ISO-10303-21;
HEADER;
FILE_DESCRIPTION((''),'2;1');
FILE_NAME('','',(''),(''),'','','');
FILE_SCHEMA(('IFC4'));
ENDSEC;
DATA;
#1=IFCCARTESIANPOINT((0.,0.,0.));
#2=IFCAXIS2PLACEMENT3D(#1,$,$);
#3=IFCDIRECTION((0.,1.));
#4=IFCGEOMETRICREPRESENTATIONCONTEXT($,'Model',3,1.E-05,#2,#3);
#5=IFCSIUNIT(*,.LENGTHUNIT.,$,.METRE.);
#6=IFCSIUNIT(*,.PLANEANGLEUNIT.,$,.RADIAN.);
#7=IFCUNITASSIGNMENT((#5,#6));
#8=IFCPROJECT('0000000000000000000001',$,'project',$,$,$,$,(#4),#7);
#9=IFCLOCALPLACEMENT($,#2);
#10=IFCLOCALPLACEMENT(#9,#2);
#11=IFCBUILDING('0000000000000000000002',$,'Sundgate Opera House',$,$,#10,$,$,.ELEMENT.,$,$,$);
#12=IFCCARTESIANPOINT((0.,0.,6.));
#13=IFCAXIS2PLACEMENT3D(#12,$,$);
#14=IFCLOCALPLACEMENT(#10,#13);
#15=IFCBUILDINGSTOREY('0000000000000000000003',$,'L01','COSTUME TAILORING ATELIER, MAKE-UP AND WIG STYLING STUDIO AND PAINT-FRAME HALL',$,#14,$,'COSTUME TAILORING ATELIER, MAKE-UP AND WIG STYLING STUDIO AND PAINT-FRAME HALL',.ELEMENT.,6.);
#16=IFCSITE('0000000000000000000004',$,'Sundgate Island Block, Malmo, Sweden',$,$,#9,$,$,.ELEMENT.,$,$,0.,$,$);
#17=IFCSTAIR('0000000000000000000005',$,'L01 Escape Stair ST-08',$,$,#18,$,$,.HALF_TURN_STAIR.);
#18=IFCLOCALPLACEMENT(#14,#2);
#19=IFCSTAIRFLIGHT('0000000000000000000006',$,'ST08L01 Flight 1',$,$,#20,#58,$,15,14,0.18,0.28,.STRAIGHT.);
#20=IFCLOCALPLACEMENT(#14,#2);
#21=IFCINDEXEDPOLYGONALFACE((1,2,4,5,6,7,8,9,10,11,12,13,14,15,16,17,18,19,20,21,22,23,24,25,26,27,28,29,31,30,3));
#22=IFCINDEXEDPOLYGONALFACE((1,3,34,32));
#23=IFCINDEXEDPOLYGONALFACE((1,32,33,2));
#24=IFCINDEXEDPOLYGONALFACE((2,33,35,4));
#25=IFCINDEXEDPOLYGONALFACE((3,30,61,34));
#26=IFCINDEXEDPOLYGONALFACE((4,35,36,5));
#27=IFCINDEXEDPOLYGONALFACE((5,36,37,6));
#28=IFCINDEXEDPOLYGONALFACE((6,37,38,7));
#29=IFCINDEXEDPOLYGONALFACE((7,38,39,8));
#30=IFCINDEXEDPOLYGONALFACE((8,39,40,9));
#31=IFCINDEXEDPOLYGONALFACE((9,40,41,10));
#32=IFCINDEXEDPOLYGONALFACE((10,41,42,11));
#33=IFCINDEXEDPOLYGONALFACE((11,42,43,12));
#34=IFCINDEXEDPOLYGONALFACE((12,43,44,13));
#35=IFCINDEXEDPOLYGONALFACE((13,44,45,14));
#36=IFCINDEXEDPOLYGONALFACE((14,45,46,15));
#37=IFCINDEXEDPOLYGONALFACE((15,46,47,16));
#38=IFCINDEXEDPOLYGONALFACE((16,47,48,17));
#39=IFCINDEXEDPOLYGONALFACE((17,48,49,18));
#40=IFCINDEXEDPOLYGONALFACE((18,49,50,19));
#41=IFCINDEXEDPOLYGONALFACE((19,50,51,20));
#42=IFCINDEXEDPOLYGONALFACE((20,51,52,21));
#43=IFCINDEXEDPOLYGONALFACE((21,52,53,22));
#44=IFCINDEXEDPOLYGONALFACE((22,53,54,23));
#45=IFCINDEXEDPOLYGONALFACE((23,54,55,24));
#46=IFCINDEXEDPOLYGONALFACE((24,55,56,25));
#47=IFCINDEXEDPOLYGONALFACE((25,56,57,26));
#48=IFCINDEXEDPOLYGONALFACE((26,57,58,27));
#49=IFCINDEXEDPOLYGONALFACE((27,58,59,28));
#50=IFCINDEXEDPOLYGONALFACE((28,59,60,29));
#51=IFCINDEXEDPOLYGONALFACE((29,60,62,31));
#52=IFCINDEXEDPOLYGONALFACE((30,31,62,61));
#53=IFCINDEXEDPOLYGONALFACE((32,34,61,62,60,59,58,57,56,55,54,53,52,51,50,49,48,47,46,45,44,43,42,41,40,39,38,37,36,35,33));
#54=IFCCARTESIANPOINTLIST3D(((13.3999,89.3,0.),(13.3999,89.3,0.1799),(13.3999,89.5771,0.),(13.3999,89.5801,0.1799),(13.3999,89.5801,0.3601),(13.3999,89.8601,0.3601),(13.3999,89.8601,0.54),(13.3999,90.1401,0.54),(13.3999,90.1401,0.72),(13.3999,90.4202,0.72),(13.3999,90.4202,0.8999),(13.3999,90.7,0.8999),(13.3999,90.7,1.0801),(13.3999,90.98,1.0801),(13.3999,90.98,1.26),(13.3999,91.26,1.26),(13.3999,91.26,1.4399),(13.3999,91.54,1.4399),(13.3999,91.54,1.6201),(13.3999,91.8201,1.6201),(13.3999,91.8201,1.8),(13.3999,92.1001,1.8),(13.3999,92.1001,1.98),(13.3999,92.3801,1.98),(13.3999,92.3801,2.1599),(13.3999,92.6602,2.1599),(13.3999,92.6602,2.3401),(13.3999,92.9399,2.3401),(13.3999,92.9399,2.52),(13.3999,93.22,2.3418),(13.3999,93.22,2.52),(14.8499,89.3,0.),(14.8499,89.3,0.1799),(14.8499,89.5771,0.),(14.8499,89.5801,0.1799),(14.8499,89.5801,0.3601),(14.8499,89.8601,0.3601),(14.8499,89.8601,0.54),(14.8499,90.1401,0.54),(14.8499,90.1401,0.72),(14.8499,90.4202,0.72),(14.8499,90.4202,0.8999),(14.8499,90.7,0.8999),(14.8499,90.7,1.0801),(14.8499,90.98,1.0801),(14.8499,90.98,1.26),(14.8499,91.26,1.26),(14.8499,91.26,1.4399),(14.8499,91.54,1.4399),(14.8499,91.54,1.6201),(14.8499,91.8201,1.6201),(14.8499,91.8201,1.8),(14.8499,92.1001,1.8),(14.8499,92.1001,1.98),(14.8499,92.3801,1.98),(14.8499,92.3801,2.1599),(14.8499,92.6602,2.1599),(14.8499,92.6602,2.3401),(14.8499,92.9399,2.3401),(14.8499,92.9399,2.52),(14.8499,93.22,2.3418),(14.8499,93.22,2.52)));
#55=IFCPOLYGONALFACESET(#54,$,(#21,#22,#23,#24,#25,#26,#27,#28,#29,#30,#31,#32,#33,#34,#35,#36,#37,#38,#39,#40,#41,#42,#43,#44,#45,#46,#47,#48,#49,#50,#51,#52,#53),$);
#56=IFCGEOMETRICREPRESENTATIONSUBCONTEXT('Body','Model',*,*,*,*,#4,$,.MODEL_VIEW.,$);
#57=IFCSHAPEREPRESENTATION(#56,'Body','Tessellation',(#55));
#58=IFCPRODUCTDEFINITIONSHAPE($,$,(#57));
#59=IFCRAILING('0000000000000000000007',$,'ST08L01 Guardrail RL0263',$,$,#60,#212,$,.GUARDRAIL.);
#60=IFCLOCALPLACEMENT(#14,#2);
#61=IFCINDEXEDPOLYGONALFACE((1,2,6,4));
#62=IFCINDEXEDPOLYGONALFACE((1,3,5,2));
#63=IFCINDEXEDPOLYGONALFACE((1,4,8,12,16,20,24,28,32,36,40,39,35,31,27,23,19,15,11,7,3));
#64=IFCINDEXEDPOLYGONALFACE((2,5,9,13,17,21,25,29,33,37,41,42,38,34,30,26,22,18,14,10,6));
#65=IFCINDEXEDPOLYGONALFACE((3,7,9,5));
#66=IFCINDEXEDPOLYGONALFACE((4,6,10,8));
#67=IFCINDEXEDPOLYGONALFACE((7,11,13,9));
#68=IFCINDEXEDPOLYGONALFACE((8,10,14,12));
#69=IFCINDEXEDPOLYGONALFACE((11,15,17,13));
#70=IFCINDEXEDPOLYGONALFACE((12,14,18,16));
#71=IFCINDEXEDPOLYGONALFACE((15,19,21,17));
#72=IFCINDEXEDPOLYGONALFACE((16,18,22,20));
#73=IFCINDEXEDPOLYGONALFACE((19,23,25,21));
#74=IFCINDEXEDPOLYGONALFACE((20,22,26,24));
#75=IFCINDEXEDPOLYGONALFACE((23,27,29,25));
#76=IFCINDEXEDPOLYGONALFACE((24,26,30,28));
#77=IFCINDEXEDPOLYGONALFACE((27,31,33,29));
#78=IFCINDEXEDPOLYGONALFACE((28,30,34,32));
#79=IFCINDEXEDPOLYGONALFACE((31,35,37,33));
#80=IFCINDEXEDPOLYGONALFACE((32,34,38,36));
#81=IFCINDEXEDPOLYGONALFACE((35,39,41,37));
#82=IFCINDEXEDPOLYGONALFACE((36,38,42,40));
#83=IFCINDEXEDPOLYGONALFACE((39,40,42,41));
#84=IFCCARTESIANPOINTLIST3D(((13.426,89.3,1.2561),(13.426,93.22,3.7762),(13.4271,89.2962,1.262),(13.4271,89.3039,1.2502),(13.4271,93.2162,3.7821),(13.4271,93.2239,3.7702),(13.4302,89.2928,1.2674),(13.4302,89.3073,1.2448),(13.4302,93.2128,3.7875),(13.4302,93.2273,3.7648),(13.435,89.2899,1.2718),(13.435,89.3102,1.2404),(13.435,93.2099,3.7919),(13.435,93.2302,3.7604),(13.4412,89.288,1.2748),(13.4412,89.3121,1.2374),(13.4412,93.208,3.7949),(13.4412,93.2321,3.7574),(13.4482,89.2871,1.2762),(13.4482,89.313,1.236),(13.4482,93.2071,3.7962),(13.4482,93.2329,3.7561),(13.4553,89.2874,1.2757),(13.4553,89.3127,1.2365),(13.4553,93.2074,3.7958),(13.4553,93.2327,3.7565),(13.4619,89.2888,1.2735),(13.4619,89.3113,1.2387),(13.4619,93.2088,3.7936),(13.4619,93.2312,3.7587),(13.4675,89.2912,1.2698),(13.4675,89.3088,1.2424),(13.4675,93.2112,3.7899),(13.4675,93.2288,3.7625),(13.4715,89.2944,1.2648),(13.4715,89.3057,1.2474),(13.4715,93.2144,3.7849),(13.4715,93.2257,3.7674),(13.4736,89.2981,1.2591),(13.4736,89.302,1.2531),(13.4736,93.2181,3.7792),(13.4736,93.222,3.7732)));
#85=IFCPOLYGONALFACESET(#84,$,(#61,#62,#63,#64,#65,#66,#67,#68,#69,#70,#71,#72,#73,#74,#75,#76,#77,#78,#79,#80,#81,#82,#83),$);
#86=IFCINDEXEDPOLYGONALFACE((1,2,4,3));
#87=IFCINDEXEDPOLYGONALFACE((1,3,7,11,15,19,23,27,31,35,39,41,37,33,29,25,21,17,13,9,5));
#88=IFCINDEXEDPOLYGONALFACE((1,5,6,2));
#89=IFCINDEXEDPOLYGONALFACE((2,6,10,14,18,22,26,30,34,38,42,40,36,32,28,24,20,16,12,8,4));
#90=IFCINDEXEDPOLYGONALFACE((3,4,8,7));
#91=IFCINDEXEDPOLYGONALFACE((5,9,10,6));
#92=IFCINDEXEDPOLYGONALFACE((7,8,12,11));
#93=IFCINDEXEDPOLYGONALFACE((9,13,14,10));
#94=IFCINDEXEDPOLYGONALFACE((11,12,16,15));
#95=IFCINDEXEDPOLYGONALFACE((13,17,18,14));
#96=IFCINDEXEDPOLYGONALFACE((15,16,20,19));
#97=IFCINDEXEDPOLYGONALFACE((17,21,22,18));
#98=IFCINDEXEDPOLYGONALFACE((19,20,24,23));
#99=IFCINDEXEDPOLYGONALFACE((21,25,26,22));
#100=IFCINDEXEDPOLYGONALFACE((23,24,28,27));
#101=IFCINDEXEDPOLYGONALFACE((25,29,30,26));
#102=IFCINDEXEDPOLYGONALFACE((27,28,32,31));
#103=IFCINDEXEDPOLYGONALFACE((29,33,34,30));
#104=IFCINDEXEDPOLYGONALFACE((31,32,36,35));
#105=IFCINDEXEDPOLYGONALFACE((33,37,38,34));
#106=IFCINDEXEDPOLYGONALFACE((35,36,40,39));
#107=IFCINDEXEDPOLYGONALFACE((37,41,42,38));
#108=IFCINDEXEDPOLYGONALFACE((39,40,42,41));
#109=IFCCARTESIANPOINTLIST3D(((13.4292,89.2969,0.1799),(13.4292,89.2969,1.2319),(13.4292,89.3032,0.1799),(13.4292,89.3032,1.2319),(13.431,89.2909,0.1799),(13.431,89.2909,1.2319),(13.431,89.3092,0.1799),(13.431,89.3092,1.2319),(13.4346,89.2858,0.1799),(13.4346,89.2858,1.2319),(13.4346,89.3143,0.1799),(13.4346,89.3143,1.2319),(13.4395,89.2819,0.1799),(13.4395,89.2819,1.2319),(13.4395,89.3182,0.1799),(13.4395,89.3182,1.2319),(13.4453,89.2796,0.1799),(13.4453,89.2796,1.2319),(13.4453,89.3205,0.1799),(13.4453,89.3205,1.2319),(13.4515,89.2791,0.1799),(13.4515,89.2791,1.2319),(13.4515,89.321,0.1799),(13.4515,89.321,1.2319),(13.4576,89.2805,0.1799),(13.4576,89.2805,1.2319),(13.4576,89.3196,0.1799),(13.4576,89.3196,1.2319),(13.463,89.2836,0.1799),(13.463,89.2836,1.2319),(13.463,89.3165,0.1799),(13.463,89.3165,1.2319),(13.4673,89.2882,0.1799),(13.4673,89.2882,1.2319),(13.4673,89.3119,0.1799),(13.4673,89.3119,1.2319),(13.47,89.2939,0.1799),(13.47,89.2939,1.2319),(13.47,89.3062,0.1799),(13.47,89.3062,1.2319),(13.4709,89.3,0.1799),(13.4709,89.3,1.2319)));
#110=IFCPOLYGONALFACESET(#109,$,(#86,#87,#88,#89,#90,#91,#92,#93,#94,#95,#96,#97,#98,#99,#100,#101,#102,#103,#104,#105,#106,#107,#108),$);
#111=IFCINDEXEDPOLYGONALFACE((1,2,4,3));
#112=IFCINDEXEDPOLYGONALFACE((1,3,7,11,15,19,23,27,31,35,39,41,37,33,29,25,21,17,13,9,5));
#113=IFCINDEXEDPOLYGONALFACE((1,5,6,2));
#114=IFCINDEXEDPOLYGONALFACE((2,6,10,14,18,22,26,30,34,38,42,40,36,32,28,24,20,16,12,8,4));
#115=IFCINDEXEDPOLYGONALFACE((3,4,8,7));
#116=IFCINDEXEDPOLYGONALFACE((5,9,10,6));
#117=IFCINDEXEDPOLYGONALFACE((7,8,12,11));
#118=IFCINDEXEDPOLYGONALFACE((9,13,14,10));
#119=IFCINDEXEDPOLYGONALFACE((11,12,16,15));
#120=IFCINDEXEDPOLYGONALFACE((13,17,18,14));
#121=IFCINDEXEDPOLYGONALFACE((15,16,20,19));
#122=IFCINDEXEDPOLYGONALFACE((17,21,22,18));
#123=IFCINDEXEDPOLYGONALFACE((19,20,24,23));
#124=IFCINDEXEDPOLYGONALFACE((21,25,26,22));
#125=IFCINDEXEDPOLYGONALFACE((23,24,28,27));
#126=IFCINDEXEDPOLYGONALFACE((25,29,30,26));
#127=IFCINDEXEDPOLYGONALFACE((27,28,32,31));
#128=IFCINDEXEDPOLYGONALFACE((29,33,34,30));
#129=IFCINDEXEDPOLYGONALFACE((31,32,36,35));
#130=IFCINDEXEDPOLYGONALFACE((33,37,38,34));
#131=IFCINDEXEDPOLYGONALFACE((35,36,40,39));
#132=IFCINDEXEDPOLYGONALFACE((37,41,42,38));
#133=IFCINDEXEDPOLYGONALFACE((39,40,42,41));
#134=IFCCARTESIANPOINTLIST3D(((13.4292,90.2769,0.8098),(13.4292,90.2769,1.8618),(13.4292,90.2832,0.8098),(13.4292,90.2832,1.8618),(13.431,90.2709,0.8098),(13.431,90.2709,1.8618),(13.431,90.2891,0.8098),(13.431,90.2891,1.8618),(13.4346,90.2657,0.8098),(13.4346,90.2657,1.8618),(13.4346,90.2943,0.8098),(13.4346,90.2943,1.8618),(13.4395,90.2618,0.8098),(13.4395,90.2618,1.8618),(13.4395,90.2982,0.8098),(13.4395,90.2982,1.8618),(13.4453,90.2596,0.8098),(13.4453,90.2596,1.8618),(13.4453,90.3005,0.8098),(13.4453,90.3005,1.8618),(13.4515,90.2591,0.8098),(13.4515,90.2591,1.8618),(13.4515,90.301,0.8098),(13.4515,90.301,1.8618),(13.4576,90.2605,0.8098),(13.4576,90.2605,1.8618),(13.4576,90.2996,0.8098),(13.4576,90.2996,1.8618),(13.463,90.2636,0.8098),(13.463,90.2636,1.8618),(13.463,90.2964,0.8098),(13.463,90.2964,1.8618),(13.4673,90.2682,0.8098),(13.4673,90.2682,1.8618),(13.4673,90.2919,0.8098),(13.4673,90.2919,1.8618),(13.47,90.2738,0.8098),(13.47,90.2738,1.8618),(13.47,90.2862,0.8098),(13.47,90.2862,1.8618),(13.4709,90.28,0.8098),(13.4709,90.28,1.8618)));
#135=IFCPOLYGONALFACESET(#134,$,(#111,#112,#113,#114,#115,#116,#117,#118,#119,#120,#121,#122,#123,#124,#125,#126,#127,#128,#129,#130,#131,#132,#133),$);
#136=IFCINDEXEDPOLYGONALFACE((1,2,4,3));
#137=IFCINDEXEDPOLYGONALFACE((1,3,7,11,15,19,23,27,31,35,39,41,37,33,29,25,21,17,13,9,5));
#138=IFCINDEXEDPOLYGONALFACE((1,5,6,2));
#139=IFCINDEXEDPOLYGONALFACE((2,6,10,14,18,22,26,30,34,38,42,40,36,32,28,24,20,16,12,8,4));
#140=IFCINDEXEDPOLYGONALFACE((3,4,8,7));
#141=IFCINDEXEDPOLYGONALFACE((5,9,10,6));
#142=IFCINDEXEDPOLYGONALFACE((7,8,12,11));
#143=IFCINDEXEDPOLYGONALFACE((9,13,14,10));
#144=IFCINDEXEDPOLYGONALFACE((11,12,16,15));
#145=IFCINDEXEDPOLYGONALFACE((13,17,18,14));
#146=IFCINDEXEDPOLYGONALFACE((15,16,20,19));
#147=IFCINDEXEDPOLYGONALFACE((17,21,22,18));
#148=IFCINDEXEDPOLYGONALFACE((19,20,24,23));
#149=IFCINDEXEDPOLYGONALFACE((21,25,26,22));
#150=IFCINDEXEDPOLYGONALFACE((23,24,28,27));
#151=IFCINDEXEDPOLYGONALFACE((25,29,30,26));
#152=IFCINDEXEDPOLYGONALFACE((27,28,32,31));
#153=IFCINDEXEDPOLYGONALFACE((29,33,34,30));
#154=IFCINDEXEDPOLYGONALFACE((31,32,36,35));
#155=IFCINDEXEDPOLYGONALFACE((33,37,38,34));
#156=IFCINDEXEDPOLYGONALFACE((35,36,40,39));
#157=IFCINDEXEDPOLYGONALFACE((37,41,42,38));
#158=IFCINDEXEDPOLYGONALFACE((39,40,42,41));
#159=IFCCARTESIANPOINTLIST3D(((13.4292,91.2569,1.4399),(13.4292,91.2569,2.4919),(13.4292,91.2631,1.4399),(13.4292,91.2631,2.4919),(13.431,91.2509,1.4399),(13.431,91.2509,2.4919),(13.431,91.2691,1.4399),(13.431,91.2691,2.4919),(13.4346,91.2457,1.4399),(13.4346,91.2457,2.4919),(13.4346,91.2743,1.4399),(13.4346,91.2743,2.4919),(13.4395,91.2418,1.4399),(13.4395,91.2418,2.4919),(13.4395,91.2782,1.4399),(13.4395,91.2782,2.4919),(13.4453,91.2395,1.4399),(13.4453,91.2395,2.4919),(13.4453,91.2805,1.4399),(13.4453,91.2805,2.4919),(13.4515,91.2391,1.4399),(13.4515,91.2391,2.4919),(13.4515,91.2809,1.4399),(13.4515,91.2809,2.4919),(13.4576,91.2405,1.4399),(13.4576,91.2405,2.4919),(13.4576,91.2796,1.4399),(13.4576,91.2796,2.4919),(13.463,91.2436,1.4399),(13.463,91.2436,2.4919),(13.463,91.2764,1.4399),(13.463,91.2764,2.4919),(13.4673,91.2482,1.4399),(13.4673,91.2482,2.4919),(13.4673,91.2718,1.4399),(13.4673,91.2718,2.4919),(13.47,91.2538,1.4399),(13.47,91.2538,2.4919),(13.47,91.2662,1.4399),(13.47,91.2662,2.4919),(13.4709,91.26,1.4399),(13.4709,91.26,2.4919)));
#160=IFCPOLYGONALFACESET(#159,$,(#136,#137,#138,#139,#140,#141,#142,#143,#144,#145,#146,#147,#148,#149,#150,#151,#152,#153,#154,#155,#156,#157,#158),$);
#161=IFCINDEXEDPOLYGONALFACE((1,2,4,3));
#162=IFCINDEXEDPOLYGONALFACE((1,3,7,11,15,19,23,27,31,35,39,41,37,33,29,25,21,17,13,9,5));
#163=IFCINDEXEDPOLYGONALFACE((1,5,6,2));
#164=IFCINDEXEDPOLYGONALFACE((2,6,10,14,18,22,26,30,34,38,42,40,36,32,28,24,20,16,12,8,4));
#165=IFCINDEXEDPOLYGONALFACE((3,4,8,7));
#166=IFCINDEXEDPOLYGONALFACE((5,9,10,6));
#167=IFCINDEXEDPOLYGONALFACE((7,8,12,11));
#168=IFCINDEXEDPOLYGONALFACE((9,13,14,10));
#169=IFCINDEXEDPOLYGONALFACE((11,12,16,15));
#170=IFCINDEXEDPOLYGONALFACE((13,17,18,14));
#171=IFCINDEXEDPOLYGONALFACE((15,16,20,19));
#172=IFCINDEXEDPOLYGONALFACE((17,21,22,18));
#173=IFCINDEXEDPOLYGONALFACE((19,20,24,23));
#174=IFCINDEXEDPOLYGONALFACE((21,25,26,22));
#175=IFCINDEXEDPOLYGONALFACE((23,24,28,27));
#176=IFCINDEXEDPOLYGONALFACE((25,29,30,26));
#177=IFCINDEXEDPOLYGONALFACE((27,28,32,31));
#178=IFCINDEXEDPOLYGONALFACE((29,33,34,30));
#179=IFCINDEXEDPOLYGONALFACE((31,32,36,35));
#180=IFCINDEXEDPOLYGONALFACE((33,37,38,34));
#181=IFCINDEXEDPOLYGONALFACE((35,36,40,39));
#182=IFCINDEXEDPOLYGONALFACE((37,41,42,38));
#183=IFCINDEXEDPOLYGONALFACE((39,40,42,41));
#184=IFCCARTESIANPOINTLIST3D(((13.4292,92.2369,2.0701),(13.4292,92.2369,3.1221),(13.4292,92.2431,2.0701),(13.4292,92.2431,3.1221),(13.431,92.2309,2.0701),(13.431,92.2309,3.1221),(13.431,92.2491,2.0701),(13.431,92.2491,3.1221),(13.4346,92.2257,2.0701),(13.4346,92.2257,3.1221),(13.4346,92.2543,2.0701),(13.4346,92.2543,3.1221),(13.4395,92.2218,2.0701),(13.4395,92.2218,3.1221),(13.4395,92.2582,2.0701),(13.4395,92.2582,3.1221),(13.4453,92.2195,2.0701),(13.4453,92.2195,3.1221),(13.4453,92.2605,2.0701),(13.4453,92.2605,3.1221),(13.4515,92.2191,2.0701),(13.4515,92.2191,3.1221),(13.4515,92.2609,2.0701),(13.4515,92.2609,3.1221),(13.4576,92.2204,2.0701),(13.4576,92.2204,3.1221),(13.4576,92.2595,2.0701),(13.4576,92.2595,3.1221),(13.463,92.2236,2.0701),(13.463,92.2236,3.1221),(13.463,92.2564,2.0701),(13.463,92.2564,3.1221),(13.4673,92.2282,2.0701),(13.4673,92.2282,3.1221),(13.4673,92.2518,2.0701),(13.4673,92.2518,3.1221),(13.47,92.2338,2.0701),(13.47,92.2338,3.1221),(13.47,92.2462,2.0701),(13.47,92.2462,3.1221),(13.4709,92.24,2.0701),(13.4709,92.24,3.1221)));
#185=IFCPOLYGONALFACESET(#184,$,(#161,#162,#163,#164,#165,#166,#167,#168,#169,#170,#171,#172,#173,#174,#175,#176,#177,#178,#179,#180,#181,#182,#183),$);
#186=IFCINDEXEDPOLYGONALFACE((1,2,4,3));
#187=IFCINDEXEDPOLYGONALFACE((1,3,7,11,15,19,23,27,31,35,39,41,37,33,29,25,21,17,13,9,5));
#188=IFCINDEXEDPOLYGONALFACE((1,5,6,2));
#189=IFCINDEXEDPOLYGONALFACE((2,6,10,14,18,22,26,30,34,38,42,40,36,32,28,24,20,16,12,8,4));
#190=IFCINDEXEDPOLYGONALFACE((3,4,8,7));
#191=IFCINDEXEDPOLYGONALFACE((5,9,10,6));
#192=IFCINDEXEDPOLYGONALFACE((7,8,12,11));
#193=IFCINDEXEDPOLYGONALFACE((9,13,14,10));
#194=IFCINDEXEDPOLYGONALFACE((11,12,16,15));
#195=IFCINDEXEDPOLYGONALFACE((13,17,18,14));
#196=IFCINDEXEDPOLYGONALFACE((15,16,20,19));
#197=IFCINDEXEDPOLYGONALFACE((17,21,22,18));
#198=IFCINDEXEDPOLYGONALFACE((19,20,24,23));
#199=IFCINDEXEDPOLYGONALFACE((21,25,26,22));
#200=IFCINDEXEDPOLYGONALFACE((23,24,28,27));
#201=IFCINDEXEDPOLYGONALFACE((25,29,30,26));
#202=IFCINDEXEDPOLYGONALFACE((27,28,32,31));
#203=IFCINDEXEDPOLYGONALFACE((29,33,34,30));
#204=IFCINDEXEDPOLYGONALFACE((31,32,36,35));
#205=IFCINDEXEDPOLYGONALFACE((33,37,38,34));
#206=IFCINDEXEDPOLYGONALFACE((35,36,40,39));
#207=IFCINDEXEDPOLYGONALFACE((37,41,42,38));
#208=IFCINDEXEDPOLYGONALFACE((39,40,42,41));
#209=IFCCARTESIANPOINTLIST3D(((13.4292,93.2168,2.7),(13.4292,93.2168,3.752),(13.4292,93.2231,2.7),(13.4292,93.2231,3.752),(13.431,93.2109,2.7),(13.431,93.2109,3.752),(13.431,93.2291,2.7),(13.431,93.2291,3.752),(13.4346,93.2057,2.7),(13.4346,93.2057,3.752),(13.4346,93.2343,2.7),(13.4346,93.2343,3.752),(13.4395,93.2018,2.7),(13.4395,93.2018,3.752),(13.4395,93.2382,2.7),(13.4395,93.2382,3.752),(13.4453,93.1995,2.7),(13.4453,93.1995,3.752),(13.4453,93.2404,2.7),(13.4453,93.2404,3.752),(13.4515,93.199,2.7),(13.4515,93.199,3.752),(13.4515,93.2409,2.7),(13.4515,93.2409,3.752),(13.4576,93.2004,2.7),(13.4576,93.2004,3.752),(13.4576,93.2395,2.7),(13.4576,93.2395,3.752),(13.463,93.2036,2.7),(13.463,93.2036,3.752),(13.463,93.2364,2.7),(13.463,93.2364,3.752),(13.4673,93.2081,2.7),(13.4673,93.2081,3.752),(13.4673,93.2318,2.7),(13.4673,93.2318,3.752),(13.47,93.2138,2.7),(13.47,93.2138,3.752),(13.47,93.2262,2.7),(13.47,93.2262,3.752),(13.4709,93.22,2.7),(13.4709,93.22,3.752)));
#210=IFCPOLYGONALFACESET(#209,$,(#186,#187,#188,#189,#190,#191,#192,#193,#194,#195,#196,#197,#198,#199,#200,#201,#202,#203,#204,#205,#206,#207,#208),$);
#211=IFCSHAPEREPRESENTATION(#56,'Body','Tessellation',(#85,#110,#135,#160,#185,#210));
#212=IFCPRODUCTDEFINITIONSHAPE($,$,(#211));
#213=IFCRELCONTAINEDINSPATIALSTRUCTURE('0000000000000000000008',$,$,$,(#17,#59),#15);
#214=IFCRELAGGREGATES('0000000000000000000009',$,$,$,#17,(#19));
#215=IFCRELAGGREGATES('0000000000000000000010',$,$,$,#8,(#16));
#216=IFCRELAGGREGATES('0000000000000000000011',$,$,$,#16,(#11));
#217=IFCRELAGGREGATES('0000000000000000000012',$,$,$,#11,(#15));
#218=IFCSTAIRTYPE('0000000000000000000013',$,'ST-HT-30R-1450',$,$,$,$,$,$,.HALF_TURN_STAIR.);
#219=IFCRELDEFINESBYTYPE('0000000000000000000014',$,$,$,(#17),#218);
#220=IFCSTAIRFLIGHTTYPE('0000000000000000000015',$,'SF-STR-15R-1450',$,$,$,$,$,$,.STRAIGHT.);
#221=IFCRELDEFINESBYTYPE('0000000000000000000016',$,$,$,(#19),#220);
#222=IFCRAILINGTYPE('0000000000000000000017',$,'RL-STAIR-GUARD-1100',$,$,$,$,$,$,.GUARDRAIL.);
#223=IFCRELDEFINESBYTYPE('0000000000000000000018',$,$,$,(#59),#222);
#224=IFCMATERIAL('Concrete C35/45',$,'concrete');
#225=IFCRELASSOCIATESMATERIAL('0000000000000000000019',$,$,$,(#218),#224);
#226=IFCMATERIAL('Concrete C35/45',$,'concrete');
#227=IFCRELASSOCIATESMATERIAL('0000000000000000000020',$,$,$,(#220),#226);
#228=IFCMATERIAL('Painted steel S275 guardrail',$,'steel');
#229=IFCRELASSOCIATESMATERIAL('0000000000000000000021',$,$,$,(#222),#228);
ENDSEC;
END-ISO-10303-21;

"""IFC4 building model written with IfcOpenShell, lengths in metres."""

from ifc_helpers import new_model, si_unit, direction, frame, origin, origin_2d, place, context, subcontext, project, spatial, polyline, circle, outline, extrude, material, type_object, element, aggregate, save


model = new_model("IFC4")

# Units and contexts
model_context = context("Model", 3, precision=1e-05, world=origin(), true_north=direction((0.0, 1.0)))
body_context = subcontext(model_context, "Body", "Model", "MODEL_VIEW")
ifc_project = project(units=[si_unit("LENGTHUNIT", "METRE"), si_unit("PLANEANGLEUNIT", "RADIAN")], contexts=[model_context])

# Site, building, storey
site_placement = place(None, origin())
site = spatial("IfcSite", under=ifc_project, at=site_placement, Name="Sundgate Island Block, Malmo, Sweden", CompositionType="ELEMENT", RefElevation=0.0)
building_placement = place(site_placement, origin())
building = spatial("IfcBuilding", under=site, at=building_placement, Name="Sundgate Opera House", CompositionType="ELEMENT")
storey_placement = place(building_placement, frame((0.0, 0.0, 6.0)))
storey = spatial("IfcBuildingStorey", under=building, at=storey_placement, Name="L01", Description="COSTUME TAILORING ATELIER, MAKE-UP AND WIG STYLING STUDIO AND PAINT-FRAME HALL", LongName="COSTUME TAILORING ATELIER, MAKE-UP AND WIG STYLING STUDIO AND PAINT-FRAME HALL", CompositionType="ELEMENT", Elevation=6.0)

# Stair, stair flight
ifc_material_1 = material(Name="Concrete C35/45", Category="concrete")
stair_type = type_object("IfcStairType", Name="ST-HT-30R-1450", PredefinedType="HALF_TURN_STAIR", material=ifc_material_1)
stair_placement = place(storey_placement, origin())
stair = element("IfcStair", 1, at=stair_placement, inside=storey, type_object=stair_type, Name="L01 Escape Stair ST-08", PredefinedType="HALF_TURN_STAIR")
ifc_material_2 = material(Name="Concrete C35/45", Category="concrete")
stair_flight_type = type_object("IfcStairFlightType", Name="SF-STR-15R-1450", PredefinedType="STRAIGHT", material=ifc_material_2)
stair_flight_placement = place(storey_placement, frame((14.125, 89.3, 0.0), z_axis=(0.0, 0.0, 1.0), x_axis=(0.0, 1.0, 0.0)))
stair_flight = element("IfcStairFlight", 2, at=stair_flight_placement, type_object=stair_flight_type, Name="ST08L01 Flight 1", NumberOfRisers=15, NumberOfTreads=14, PredefinedType="STRAIGHT", RiserHeight=0.18, TreadLength=0.28, context=body_context, shape_type="SweptSolid", body=[
    extrude(outline(polyline([(0.0, 0.0), (0.0, 0.1799), (0.28, 0.1799), (0.28, 0.3601), (0.5601, 0.3601), (0.5601, 0.54), (0.8401, 0.54), (0.8401, 0.72), (1.1201, 0.72), (1.1201, 0.8999), (1.3999, 0.8999), (1.3999, 1.0801), (1.6799, 1.0801), (1.6799, 1.26), (1.96, 1.26), (1.96, 1.4399), (2.24, 1.4399), (2.24, 1.6201), (2.52, 1.6201), (2.52, 1.8), (2.8, 1.8), (2.8, 1.98), (3.0801, 1.98), (3.0801, 2.1599), (3.3601, 2.1599), (3.3601, 2.3401), (3.6399, 2.3401), (3.6399, 2.52), (3.9199, 2.52), (3.9199, 2.7), (3.9199, 2.3418), (0.2771, 0.0), (0.0, 0.0)])), frame((0.0, 0.7251, 0.0), z_axis=(0.0, -1.0, 0.0), x_axis=(1.0, 0.0, 0.0)), (0.0, 0.0, 1.0), 1.45),
])
aggregate(stair, [stair_flight])

# Railing
ifc_material_3 = material(Name="Painted steel S275 guardrail", Category="steel")
railing_type_1 = type_object("IfcRailingType", Name="RL-STAIR-GUARD-1100", PredefinedType="GUARDRAIL", material=ifc_material_3)
railing_1_placement = place(storey_placement, frame((13.45, 89.3, 0.1799)))
element("IfcRailing", 3, at=railing_1_placement, inside=storey, type_object=railing_type_1, Name="ST08L01 Guardrail RL0263", PredefinedType="GUARDRAIL", context=body_context, shape_type="SweptSolid", body=[
    extrude(circle(Radius=0.0239, at=origin_2d()), frame((0.0, 0.0, 1.0762), z_axis=(0.0, 0.841172, 0.540768), x_axis=(-1.0, 0.0, 0.0)), (0.0, 0.0, 1.0), 4.6602),
    extrude(circle(Radius=0.021, at=origin_2d()), origin(), (0.0, 0.0, 1.0), 1.052),
    extrude(circle(Radius=0.021, at=origin_2d()), frame((0.0, 0.98, 0.6299)), (0.0, 0.0, 1.0), 1.052),
    extrude(circle(Radius=0.021, at=origin_2d()), frame((0.0, 1.96, 1.26)), (0.0, 0.0, 1.0), 1.052),
    extrude(circle(Radius=0.021, at=origin_2d()), frame((0.0, 2.9399, 1.8901)), (0.0, 0.0, 1.0), 1.052),
    extrude(circle(Radius=0.021, at=origin_2d()), frame((0.0, 3.9199, 2.52)), (0.0, 0.0, 1.0), 1.052),
])

save(model, "model.ifc")
